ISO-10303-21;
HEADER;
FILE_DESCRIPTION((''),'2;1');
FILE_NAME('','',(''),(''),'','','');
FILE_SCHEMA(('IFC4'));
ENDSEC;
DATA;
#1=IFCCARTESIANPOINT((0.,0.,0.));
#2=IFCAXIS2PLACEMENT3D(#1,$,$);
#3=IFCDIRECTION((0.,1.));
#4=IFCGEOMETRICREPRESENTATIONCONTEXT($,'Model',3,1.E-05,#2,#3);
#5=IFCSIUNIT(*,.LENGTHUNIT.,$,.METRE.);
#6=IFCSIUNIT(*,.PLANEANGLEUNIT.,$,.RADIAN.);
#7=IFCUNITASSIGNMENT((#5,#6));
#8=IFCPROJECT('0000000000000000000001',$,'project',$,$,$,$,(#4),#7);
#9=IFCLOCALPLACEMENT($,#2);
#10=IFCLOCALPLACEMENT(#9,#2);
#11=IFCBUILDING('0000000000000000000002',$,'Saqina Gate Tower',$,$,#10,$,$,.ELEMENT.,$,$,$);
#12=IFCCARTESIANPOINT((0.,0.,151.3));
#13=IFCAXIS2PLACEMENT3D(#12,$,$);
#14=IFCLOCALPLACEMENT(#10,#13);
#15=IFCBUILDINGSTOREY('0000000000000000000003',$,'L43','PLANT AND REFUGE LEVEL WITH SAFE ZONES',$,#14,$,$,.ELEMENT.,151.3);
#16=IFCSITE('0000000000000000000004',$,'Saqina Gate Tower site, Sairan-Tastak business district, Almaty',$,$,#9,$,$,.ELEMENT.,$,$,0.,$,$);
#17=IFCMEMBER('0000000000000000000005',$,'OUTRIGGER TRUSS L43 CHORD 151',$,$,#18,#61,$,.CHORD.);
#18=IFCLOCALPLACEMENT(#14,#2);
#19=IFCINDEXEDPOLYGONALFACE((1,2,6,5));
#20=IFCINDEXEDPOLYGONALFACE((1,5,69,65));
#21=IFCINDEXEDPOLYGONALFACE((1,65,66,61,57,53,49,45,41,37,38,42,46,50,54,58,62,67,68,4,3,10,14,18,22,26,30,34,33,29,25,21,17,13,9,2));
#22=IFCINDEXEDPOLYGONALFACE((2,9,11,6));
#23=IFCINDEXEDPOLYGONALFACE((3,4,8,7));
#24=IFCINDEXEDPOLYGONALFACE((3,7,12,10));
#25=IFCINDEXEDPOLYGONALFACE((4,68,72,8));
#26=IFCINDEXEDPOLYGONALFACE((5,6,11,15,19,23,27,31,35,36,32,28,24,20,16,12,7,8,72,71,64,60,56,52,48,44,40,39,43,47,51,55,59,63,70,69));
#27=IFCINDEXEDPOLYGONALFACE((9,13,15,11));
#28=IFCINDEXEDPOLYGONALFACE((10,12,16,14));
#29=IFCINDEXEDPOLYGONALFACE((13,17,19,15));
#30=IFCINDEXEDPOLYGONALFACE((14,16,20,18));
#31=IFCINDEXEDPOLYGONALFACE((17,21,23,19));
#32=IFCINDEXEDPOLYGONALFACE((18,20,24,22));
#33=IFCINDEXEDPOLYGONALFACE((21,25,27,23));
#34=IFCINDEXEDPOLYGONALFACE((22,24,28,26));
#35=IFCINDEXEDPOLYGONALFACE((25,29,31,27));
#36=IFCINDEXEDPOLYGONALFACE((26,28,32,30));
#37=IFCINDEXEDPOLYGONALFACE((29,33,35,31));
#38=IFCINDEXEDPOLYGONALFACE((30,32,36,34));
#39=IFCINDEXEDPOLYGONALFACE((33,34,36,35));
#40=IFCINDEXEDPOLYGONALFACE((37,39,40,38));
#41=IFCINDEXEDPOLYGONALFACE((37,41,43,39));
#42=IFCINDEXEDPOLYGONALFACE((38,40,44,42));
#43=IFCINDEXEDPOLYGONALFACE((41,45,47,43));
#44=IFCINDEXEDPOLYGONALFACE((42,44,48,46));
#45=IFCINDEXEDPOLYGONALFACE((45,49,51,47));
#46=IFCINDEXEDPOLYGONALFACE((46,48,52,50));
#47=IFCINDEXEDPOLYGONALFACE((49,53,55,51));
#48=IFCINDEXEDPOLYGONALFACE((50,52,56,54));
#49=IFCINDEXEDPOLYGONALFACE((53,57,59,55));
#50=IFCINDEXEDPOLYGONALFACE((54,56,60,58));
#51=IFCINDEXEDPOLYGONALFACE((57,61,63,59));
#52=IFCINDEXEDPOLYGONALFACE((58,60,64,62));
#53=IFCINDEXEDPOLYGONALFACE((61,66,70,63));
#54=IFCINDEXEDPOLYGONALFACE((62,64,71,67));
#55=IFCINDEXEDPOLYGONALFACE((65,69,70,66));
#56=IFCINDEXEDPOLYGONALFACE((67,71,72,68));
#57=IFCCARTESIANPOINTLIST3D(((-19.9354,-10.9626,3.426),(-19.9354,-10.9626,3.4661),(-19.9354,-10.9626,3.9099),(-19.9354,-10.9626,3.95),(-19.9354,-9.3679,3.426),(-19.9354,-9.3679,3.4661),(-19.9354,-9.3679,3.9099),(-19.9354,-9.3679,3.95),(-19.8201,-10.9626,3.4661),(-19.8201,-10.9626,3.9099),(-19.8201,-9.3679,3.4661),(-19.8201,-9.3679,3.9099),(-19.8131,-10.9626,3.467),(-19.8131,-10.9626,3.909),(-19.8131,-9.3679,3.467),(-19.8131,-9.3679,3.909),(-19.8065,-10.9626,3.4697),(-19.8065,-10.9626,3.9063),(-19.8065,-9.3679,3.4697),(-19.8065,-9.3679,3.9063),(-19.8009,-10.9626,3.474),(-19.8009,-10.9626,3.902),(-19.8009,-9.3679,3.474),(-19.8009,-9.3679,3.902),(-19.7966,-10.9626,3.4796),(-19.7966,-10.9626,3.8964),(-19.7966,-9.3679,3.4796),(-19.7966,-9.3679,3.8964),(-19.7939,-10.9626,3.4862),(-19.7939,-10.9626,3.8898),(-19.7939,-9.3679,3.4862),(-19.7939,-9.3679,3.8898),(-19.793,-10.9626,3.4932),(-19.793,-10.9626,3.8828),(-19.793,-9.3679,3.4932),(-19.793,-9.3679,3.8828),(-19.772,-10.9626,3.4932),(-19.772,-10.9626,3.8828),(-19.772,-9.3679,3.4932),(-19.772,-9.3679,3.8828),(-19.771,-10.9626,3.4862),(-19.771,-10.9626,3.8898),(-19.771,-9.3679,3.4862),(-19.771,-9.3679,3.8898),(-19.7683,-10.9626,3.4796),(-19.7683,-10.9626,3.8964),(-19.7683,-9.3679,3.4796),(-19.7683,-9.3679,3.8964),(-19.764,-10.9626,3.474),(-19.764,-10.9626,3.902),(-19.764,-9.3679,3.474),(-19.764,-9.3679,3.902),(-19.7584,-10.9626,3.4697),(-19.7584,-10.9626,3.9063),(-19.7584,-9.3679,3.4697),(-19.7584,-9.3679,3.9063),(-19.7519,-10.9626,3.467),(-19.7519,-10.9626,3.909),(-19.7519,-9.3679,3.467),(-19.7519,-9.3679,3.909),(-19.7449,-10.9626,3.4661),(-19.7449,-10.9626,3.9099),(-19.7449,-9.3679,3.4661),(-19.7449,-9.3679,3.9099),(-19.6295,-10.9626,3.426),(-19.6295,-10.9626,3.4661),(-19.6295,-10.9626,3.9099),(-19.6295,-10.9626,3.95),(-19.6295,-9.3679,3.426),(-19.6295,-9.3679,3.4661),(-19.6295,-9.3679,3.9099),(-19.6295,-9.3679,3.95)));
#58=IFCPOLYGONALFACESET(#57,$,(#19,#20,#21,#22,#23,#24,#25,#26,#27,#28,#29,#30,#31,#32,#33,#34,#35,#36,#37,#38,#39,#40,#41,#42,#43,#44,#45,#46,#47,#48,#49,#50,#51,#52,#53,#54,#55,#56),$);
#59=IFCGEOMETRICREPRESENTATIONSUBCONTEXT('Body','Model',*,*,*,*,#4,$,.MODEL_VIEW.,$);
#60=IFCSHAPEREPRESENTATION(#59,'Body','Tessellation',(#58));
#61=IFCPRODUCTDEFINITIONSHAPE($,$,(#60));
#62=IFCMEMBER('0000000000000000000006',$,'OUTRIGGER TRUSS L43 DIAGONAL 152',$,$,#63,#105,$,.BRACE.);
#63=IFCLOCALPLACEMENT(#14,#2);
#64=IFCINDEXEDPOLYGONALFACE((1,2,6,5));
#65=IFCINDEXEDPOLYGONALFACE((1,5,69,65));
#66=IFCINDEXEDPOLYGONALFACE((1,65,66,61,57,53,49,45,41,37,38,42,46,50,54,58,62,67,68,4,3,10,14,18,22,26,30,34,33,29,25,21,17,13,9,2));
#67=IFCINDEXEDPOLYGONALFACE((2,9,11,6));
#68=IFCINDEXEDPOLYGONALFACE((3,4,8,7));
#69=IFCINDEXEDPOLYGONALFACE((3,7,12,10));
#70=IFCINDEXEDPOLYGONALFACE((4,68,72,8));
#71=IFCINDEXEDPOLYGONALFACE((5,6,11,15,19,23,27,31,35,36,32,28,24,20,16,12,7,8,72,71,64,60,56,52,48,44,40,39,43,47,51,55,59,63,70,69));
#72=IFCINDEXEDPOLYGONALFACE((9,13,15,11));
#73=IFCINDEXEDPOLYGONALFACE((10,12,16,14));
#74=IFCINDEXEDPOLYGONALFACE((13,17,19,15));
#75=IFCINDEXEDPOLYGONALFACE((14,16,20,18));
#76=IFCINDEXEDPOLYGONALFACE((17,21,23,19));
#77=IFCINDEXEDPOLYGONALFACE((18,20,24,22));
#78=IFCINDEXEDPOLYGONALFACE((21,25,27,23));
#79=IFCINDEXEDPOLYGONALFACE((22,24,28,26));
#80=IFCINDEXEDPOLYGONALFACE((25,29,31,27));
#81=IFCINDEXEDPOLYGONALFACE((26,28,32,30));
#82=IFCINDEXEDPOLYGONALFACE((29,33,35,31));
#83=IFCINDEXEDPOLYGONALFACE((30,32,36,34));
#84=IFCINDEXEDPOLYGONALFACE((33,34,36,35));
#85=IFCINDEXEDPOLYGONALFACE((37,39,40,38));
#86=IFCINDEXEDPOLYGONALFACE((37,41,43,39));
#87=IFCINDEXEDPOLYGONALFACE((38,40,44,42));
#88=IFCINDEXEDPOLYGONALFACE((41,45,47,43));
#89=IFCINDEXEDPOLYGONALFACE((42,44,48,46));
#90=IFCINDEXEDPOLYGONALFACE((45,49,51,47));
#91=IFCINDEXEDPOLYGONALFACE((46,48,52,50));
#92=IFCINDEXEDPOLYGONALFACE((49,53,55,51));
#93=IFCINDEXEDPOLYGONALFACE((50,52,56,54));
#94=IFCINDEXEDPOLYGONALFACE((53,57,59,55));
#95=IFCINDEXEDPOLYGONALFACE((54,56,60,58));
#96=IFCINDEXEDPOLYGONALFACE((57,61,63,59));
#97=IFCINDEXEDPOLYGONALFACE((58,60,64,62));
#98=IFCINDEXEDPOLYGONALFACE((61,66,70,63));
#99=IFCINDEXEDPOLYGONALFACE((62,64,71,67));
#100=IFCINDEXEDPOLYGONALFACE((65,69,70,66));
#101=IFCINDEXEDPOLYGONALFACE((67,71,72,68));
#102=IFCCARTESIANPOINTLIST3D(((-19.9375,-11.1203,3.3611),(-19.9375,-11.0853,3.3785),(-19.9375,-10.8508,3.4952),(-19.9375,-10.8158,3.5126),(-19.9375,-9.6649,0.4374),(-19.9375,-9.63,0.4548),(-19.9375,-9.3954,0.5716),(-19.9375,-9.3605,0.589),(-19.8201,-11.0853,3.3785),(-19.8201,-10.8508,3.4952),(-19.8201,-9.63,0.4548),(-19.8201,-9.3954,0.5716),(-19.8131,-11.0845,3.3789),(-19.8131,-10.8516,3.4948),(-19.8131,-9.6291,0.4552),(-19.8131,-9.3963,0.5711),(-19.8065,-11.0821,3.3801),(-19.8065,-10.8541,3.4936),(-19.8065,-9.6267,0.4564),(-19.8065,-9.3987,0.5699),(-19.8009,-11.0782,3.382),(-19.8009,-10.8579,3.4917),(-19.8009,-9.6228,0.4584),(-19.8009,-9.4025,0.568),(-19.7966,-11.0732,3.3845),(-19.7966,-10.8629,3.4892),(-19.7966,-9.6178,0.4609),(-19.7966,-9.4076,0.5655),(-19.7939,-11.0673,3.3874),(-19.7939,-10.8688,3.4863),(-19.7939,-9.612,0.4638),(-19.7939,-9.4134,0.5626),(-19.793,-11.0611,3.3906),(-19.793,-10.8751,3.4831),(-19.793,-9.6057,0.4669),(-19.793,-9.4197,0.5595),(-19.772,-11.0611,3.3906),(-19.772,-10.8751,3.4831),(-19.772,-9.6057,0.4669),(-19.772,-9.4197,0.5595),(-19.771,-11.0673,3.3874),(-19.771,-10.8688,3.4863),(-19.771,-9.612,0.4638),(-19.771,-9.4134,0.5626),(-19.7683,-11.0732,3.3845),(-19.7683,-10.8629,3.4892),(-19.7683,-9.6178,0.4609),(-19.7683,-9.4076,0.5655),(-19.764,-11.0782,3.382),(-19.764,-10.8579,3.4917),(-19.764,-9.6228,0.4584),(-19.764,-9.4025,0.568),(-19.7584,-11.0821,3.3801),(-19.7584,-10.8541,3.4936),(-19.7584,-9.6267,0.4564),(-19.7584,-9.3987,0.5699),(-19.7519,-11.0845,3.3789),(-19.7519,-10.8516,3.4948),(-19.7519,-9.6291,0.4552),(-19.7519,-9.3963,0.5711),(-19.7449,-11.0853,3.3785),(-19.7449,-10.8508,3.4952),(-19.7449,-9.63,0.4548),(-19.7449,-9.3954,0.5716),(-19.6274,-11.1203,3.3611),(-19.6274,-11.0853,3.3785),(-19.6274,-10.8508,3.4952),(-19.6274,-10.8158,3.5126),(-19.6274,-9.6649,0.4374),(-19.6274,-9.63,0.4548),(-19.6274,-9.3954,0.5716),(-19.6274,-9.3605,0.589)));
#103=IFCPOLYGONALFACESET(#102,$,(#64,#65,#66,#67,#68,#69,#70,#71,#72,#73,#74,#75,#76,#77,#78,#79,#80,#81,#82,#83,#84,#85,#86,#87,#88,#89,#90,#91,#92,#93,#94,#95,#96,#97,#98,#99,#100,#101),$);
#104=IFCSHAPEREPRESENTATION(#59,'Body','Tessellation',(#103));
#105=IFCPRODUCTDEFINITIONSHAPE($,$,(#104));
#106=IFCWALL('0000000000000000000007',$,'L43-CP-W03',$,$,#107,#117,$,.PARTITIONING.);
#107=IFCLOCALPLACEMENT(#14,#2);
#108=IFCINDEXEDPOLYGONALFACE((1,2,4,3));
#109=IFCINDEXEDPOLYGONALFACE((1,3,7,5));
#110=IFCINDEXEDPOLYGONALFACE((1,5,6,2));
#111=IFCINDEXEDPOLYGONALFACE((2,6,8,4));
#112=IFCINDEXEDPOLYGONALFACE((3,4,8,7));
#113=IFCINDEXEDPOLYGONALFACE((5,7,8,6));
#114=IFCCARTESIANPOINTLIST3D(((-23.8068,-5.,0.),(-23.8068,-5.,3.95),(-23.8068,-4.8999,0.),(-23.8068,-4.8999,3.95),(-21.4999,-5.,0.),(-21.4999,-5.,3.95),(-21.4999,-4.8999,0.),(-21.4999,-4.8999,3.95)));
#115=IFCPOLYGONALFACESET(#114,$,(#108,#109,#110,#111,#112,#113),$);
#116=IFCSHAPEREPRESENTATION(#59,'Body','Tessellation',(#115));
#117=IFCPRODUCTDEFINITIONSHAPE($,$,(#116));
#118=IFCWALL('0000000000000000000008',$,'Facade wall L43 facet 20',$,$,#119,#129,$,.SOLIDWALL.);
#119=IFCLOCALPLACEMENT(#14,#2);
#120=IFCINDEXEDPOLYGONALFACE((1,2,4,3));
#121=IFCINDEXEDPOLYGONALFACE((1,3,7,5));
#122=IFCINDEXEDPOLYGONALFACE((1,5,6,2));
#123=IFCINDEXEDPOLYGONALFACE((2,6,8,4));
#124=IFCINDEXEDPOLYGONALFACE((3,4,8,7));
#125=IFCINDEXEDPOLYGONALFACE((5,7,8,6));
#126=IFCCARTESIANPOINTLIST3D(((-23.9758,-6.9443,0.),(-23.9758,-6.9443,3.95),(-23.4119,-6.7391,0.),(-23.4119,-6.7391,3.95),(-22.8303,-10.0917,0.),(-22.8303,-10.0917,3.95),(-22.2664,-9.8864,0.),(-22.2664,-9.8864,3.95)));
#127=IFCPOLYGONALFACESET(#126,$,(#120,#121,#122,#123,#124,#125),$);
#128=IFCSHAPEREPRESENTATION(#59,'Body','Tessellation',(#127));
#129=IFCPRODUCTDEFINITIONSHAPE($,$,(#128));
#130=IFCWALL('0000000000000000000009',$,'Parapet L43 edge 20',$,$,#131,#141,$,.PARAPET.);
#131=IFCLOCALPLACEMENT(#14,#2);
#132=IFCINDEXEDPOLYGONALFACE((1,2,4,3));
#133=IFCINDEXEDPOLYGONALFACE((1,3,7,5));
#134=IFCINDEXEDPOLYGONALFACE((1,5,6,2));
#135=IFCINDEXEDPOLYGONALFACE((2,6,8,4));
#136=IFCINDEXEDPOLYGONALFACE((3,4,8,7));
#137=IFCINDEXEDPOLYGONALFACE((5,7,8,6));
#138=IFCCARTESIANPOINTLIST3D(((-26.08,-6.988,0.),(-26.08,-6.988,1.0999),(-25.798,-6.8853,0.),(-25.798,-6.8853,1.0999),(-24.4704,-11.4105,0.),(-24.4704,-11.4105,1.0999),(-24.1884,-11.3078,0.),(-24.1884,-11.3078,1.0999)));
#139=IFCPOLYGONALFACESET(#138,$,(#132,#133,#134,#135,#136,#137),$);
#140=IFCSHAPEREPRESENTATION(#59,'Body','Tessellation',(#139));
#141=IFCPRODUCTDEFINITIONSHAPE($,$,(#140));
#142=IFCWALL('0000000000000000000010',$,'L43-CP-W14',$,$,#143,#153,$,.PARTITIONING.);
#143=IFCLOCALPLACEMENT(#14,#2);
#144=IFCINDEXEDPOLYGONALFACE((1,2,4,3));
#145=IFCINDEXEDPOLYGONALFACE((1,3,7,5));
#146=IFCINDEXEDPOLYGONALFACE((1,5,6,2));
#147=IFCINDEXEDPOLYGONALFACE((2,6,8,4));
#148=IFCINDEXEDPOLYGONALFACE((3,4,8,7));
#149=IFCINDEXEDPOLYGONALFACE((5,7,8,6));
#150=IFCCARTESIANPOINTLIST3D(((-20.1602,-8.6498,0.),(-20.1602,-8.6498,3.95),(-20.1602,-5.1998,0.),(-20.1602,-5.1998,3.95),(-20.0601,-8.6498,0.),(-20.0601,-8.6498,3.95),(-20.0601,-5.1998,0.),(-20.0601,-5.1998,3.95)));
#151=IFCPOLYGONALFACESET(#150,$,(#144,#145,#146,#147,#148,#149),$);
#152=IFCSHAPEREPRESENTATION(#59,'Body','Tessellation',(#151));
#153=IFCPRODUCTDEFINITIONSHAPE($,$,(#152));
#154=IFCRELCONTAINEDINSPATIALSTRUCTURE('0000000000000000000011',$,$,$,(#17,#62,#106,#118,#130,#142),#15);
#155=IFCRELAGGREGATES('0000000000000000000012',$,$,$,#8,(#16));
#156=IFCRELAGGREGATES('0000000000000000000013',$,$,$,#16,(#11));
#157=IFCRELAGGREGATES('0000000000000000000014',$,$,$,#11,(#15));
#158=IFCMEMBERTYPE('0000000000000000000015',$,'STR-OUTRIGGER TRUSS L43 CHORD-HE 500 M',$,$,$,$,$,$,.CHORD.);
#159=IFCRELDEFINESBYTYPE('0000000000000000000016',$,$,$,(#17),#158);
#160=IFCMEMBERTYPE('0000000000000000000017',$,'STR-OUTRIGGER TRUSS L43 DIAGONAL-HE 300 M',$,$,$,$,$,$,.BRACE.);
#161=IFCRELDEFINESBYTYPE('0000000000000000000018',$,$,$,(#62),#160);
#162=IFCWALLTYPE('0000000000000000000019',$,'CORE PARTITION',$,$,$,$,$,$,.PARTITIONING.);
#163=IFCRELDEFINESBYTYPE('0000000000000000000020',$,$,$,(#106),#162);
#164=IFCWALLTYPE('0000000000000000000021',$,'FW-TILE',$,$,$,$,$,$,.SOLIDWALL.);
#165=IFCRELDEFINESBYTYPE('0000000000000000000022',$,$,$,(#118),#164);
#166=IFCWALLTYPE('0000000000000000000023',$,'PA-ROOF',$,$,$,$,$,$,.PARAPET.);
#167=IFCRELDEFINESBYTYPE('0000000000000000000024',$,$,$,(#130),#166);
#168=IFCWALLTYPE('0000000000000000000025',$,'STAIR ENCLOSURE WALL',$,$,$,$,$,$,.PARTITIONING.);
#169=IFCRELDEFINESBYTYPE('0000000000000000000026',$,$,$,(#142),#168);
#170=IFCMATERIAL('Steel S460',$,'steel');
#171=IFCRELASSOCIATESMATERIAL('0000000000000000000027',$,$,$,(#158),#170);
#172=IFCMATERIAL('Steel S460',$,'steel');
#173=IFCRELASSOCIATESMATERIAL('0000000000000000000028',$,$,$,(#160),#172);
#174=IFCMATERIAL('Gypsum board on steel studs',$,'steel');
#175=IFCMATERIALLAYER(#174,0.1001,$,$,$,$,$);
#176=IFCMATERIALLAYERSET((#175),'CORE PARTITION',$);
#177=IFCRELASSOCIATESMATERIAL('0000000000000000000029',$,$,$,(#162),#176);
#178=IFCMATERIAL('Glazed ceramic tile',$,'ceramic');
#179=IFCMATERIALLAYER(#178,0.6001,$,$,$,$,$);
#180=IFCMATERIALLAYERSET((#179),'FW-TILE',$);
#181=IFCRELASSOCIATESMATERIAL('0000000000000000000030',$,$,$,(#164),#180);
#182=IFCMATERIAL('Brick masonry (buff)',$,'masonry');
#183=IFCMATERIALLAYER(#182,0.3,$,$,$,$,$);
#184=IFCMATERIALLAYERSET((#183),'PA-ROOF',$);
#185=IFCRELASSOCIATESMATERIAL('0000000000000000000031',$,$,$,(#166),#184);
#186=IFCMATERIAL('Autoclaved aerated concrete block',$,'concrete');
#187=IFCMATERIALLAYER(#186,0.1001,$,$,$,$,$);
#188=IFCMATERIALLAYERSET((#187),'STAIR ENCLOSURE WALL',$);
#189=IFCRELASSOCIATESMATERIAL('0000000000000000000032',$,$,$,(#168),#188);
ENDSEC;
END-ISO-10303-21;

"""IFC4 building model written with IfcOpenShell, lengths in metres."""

from ifc_helpers import new_model, si_unit, direction, frame, frame_2d, origin, origin_2d, place, context, subcontext, project, spatial, rectangle, i_section, extrude, material, layer, layer_set, material_profile, profile_set, type_object, element, save


model = new_model("IFC4")

# Units and contexts
model_context = context("Model", 3, precision=1e-05, world=origin(), true_north=direction((0.0, 1.0)))
body_context = subcontext(model_context, "Body", "Model", "MODEL_VIEW")
ifc_project = project(units=[si_unit("LENGTHUNIT", "METRE"), si_unit("PLANEANGLEUNIT", "RADIAN")], contexts=[model_context])

# Site, building, storey
site_placement = place(None, origin())
site = spatial("IfcSite", under=ifc_project, at=site_placement, Name="Saqina Gate Tower site, Sairan-Tastak business district, Almaty", CompositionType="ELEMENT", RefElevation=0.0)
building_placement = place(site_placement, origin())
building = spatial("IfcBuilding", under=site, at=building_placement, Name="Saqina Gate Tower", CompositionType="ELEMENT")
storey_placement = place(building_placement, frame((0.0, 0.0, 151.3)))
storey = spatial("IfcBuildingStorey", under=building, at=storey_placement, Name="L43", Description="PLANT AND REFUGE LEVEL WITH SAFE ZONES", CompositionType="ELEMENT", Elevation=151.3)

# Members
ifc_material_1 = material(Name="Steel S460", Category="steel")
ifc_material_profile_1 = material_profile(ifc_material_1, i_section(OverallWidth=0.3059, OverallDepth=0.5239, WebThickness=0.021, FlangeThickness=0.04, FilletRadius=0.0271, at=origin_2d()), Name="HE 500 M")
ifc_profile_set_1 = profile_set([ifc_material_profile_1], Name="Steel S460")
member_type_1 = type_object("IfcMemberType", Name="STR-OUTRIGGER TRUSS L43 CHORD-HE 500 M", PredefinedType="CHORD", material=ifc_profile_set_1)
for number, where, z_axis, x_axis, name in (
    (1, (-19.7825, -9.3679, 3.688), (0.0, -1.0, 0.0), (1.0, 0.0, 0.0), "OUTRIGGER TRUSS L43 CHORD 151"),
):
    element("IfcMember", number, at=place(storey_placement, frame(where, z_axis=z_axis, x_axis=x_axis)), inside=storey, type_object=member_type_1, Name=name, PredefinedType="CHORD", context=body_context, shape_type="SweptSolid", body=[
        extrude(i_section(OverallWidth=0.3059, OverallDepth=0.5239, WebThickness=0.021, FlangeThickness=0.04, FilletRadius=0.0271, at=origin_2d()), origin(), (0.0, 0.0, 1.0), 1.5947),
    ])
ifc_material_2 = material(Name="Steel S460", Category="steel")
ifc_material_profile_2 = material_profile(ifc_material_2, i_section(OverallWidth=0.3101, OverallDepth=0.3401, WebThickness=0.021, FlangeThickness=0.0391, FilletRadius=0.0271, at=origin_2d()), Name="HE 300 M")
ifc_profile_set_2 = profile_set([ifc_material_profile_2], Name="Steel S460")
member_type_2 = type_object("IfcMemberType", Name="STR-OUTRIGGER TRUSS L43 DIAGONAL-HE 300 M", PredefinedType="BRACE", material=ifc_profile_set_2)
member_1_placement = place(storey_placement, frame((-19.7825, -9.5127, 0.5132), z_axis=(0.0, -0.445628, 0.895218), x_axis=(1.0, 0.0, 0.0)))
element("IfcMember", 2, at=member_1_placement, inside=storey, type_object=member_type_2, Name="OUTRIGGER TRUSS L43 DIAGONAL 152", PredefinedType="BRACE", context=body_context, shape_type="SweptSolid", body=[
    extrude(i_section(OverallWidth=0.3101, OverallDepth=0.3401, WebThickness=0.021, FlangeThickness=0.0391, FilletRadius=0.0271, at=origin_2d()), origin(), (0.0, 0.0, 1.0), 3.2659),
])

# Walls
ifc_material_3 = material(Name="Gypsum board on steel studs", Category="steel")
ifc_layer_1 = layer(ifc_material_3, 0.1001)
ifc_layer_set_1 = layer_set([ifc_layer_1], Name="CORE PARTITION")
wall_type_1 = type_object("IfcWallType", Name="CORE PARTITION", PredefinedType="PARTITIONING", material=ifc_layer_set_1)
wall_1_placement = place(storey_placement, frame((-21.5, -4.95, 0.0), z_axis=(0.0, 0.0, 1.0), x_axis=(-1.0, 0.0, 0.0)))
element("IfcWall", 3, at=wall_1_placement, inside=storey, type_object=wall_type_1, Name="L43-CP-W03", PredefinedType="PARTITIONING", context=body_context, shape_type="SweptSolid", body=[
    extrude(rectangle(XDim=2.3069, YDim=0.1001, at=frame_2d((1.1533, 0.0))), origin(), (0.0, 0.0, 1.0), 3.95),
])
ifc_material_4 = material(Name="Glazed ceramic tile", Category="ceramic")
ifc_layer_2 = layer(ifc_material_4, 0.6001)
ifc_layer_set_2 = layer_set([ifc_layer_2], Name="FW-TILE")
wall_type_2 = type_object("IfcWallType", Name="FW-TILE", PredefinedType="SOLIDWALL", material=ifc_layer_set_2)
wall_2_placement = place(storey_placement, frame((-23.6938, -6.8416, 0.0), z_axis=(0.0, 0.0, 1.0), x_axis=(0.342001, -0.9397, 0.0)))
element("IfcWall", 4, at=wall_2_placement, inside=storey, type_object=wall_type_2, Name="Facade wall L43 facet 20", PredefinedType="SOLIDWALL", context=body_context, shape_type="SweptSolid", body=[
    extrude(rectangle(XDim=3.3494, YDim=0.6001, at=frame_2d((1.6748, 0.0))), origin(), (0.0, 0.0, 1.0), 3.95),
])
ifc_material_5 = material(Name="Brick masonry (buff)", Category="masonry")
ifc_layer_3 = layer(ifc_material_5, 0.3)
ifc_layer_set_3 = layer_set([ifc_layer_3], Name="PA-ROOF")
wall_type_3 = type_object("IfcWallType", Name="PA-ROOF", PredefinedType="PARAPET", material=ifc_layer_set_3)
wall_3_placement = place(storey_placement, frame((-25.939, -6.9368, 0.0), z_axis=(0.0, 0.0, 1.0), x_axis=(0.342005, -0.939698, 0.0)))
element("IfcWall", 5, at=wall_3_placement, inside=storey, type_object=wall_type_3, Name="Parapet L43 edge 20", PredefinedType="PARAPET", context=body_context, shape_type="SweptSolid", body=[
    extrude(rectangle(XDim=4.7063, YDim=0.3, at=frame_2d((2.353, 0.0))), origin(), (0.0, 0.0, 1.0), 1.0999),
])
ifc_material_6 = material(Name="Autoclaved aerated concrete block", Category="concrete")
ifc_layer_4 = layer(ifc_material_6, 0.1001)
ifc_layer_set_4 = layer_set([ifc_layer_4], Name="STAIR ENCLOSURE WALL")
wall_type_4 = type_object("IfcWallType", Name="STAIR ENCLOSURE WALL", PredefinedType="PARTITIONING", material=ifc_layer_set_4)
wall_4_placement = place(storey_placement, frame((-20.1101, -8.6499, 0.0), z_axis=(0.0, 0.0, 1.0), x_axis=(0.0, 1.0, 0.0)))
element("IfcWall", 6, at=wall_4_placement, inside=storey, type_object=wall_type_4, Name="L43-CP-W14", PredefinedType="PARTITIONING", context=body_context, shape_type="SweptSolid", body=[
    extrude(rectangle(XDim=3.45, YDim=0.1001, at=frame_2d((1.7251, 0.0))), origin(), (0.0, 0.0, 1.0), 3.95),
])

save(model, "model.ifc")
